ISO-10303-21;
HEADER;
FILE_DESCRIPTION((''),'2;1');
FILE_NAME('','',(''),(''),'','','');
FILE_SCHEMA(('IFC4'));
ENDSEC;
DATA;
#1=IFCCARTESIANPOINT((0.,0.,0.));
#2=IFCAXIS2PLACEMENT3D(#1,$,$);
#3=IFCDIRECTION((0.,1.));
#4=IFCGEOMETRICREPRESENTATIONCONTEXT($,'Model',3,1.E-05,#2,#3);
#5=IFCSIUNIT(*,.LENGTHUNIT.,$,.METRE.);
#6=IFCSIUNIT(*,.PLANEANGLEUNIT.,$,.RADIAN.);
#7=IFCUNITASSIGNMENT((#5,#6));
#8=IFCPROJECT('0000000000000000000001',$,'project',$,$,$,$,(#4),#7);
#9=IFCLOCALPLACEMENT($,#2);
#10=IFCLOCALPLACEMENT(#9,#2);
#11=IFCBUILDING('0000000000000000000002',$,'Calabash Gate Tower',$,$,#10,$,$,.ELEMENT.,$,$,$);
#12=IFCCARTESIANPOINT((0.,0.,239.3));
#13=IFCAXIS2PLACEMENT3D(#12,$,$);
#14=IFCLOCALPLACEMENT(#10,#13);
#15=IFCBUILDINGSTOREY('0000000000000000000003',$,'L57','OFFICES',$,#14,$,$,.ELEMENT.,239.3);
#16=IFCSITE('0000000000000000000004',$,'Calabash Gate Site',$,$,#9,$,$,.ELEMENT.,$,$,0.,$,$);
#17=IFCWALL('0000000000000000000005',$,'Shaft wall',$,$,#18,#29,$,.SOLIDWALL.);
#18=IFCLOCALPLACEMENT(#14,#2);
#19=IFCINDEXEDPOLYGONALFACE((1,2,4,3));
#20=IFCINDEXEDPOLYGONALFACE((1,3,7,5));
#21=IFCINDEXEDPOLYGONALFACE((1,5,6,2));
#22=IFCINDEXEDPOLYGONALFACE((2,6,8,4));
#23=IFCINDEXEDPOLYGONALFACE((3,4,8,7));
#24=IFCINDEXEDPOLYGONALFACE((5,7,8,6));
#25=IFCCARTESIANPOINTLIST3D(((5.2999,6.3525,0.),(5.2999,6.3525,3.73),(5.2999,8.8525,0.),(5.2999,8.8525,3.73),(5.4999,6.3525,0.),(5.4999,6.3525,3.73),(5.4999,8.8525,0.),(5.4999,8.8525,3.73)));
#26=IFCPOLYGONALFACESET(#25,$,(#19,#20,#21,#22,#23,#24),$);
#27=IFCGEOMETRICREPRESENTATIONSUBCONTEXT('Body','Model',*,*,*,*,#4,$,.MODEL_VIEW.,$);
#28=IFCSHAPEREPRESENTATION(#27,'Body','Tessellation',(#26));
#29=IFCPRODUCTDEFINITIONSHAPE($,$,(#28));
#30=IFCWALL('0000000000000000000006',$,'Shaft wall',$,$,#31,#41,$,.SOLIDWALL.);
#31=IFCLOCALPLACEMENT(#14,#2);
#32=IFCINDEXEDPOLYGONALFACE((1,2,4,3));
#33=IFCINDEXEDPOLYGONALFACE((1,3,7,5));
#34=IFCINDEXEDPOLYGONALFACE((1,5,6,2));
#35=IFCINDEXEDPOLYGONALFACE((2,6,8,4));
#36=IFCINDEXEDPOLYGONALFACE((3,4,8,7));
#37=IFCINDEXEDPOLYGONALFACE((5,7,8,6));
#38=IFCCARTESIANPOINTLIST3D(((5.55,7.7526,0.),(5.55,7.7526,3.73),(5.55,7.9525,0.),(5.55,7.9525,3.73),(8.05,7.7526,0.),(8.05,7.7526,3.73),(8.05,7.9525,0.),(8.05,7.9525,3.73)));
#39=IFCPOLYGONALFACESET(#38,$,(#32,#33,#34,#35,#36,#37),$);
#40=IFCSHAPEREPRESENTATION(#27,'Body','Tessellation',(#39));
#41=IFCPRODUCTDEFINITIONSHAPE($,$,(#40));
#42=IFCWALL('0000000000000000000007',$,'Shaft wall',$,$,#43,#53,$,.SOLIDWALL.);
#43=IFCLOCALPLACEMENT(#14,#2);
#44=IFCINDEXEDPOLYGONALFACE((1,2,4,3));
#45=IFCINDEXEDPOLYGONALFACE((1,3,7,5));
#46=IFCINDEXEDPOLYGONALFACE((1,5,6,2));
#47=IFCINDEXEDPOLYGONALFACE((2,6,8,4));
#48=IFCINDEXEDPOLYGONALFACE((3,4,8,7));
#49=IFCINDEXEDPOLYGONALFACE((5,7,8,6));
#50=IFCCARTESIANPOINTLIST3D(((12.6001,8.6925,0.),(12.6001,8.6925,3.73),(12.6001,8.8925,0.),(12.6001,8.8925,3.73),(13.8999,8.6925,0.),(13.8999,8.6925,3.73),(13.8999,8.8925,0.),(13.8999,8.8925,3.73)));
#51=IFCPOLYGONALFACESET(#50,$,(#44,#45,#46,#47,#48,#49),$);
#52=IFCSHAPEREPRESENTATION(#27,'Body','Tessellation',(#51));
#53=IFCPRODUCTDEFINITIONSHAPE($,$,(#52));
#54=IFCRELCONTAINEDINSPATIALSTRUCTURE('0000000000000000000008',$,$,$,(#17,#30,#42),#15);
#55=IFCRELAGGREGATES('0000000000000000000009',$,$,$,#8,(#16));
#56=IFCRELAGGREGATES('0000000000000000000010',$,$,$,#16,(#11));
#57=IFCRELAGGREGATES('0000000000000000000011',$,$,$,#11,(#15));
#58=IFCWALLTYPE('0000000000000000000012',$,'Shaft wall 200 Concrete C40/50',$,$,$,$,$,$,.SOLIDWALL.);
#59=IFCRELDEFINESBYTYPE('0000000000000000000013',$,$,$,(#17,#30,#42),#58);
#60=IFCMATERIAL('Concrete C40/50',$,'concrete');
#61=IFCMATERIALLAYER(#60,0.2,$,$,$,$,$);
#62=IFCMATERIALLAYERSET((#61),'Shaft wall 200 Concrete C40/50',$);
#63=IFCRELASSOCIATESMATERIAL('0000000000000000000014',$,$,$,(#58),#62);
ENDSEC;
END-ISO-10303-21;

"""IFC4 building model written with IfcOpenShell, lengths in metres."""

from ifc_helpers import new_model, si_unit, direction, frame, frame_2d, origin, place, context, subcontext, project, spatial, rectangle, extrude, material, layer, layer_set, type_object, element, save


model = new_model("IFC4")

# Units and contexts
model_context = context("Model", 3, precision=1e-05, world=origin(), true_north=direction((0.0, 1.0)))
body_context = subcontext(model_context, "Body", "Model", "MODEL_VIEW")
ifc_project = project(units=[si_unit("LENGTHUNIT", "METRE"), si_unit("PLANEANGLEUNIT", "RADIAN")], contexts=[model_context])

# Site, building, storey
site_placement = place(None, origin())
site = spatial("IfcSite", under=ifc_project, at=site_placement, Name="Calabash Gate Site", CompositionType="ELEMENT", RefElevation=0.0)
building_placement = place(site_placement, origin())
building = spatial("IfcBuilding", under=site, at=building_placement, Name="Calabash Gate Tower", CompositionType="ELEMENT")
storey_placement = place(building_placement, frame((0.0, 0.0, 239.3)))
storey = spatial("IfcBuildingStorey", under=building, at=storey_placement, Name="L57", Description="OFFICES", CompositionType="ELEMENT", Elevation=239.3)

# Walls
ifc_material_1 = material(Name="Concrete C40/50", Category="concrete")
ifc_layer_1 = layer(ifc_material_1, 0.2)
ifc_layer_set_1 = layer_set([ifc_layer_1], Name="Shaft wall 200 Concrete C40/50")
wall_type_1 = type_object("IfcWallType", Name="Shaft wall 200 Concrete C40/50", PredefinedType="SOLIDWALL", material=ifc_layer_set_1)
for number, where, z_axis, x_axis, name in (
    (1, (5.3999, 6.3525, 0.0), (0.0, 0.0, 1.0), (0.0, 1.0, 0.0), "Shaft wall"),
    (2, (5.55, 7.8525, 0.0), (0.0, 0.0, 1.0), (1.0, 0.0, 0.0), "Shaft wall"),
):
    element("IfcWall", number, at=place(storey_placement, frame(where, z_axis=z_axis, x_axis=x_axis)), inside=storey, type_object=wall_type_1, Name=name, PredefinedType="SOLIDWALL", context=body_context, shape_type="SweptSolid", body=[
        extrude(rectangle(XDim=2.5, YDim=0.2, at=frame_2d((1.25, 0.0))), origin(), (0.0, 0.0, 1.0), 3.73),
    ])
wall_1_placement = place(storey_placement, frame((12.6001, 8.7925, 0.0), z_axis=(0.0, 0.0, 1.0), x_axis=(1.0, 0.0, 0.0)))
element("IfcWall", 3, at=wall_1_placement, inside=storey, type_object=wall_type_1, Name="Shaft wall", PredefinedType="SOLIDWALL", context=body_context, shape_type="SweptSolid", body=[
    extrude(rectangle(XDim=1.2998, YDim=0.2, at=frame_2d((0.6499, 0.0))), origin(), (0.0, 0.0, 1.0), 3.73),
])

save(model, "model.ifc")
